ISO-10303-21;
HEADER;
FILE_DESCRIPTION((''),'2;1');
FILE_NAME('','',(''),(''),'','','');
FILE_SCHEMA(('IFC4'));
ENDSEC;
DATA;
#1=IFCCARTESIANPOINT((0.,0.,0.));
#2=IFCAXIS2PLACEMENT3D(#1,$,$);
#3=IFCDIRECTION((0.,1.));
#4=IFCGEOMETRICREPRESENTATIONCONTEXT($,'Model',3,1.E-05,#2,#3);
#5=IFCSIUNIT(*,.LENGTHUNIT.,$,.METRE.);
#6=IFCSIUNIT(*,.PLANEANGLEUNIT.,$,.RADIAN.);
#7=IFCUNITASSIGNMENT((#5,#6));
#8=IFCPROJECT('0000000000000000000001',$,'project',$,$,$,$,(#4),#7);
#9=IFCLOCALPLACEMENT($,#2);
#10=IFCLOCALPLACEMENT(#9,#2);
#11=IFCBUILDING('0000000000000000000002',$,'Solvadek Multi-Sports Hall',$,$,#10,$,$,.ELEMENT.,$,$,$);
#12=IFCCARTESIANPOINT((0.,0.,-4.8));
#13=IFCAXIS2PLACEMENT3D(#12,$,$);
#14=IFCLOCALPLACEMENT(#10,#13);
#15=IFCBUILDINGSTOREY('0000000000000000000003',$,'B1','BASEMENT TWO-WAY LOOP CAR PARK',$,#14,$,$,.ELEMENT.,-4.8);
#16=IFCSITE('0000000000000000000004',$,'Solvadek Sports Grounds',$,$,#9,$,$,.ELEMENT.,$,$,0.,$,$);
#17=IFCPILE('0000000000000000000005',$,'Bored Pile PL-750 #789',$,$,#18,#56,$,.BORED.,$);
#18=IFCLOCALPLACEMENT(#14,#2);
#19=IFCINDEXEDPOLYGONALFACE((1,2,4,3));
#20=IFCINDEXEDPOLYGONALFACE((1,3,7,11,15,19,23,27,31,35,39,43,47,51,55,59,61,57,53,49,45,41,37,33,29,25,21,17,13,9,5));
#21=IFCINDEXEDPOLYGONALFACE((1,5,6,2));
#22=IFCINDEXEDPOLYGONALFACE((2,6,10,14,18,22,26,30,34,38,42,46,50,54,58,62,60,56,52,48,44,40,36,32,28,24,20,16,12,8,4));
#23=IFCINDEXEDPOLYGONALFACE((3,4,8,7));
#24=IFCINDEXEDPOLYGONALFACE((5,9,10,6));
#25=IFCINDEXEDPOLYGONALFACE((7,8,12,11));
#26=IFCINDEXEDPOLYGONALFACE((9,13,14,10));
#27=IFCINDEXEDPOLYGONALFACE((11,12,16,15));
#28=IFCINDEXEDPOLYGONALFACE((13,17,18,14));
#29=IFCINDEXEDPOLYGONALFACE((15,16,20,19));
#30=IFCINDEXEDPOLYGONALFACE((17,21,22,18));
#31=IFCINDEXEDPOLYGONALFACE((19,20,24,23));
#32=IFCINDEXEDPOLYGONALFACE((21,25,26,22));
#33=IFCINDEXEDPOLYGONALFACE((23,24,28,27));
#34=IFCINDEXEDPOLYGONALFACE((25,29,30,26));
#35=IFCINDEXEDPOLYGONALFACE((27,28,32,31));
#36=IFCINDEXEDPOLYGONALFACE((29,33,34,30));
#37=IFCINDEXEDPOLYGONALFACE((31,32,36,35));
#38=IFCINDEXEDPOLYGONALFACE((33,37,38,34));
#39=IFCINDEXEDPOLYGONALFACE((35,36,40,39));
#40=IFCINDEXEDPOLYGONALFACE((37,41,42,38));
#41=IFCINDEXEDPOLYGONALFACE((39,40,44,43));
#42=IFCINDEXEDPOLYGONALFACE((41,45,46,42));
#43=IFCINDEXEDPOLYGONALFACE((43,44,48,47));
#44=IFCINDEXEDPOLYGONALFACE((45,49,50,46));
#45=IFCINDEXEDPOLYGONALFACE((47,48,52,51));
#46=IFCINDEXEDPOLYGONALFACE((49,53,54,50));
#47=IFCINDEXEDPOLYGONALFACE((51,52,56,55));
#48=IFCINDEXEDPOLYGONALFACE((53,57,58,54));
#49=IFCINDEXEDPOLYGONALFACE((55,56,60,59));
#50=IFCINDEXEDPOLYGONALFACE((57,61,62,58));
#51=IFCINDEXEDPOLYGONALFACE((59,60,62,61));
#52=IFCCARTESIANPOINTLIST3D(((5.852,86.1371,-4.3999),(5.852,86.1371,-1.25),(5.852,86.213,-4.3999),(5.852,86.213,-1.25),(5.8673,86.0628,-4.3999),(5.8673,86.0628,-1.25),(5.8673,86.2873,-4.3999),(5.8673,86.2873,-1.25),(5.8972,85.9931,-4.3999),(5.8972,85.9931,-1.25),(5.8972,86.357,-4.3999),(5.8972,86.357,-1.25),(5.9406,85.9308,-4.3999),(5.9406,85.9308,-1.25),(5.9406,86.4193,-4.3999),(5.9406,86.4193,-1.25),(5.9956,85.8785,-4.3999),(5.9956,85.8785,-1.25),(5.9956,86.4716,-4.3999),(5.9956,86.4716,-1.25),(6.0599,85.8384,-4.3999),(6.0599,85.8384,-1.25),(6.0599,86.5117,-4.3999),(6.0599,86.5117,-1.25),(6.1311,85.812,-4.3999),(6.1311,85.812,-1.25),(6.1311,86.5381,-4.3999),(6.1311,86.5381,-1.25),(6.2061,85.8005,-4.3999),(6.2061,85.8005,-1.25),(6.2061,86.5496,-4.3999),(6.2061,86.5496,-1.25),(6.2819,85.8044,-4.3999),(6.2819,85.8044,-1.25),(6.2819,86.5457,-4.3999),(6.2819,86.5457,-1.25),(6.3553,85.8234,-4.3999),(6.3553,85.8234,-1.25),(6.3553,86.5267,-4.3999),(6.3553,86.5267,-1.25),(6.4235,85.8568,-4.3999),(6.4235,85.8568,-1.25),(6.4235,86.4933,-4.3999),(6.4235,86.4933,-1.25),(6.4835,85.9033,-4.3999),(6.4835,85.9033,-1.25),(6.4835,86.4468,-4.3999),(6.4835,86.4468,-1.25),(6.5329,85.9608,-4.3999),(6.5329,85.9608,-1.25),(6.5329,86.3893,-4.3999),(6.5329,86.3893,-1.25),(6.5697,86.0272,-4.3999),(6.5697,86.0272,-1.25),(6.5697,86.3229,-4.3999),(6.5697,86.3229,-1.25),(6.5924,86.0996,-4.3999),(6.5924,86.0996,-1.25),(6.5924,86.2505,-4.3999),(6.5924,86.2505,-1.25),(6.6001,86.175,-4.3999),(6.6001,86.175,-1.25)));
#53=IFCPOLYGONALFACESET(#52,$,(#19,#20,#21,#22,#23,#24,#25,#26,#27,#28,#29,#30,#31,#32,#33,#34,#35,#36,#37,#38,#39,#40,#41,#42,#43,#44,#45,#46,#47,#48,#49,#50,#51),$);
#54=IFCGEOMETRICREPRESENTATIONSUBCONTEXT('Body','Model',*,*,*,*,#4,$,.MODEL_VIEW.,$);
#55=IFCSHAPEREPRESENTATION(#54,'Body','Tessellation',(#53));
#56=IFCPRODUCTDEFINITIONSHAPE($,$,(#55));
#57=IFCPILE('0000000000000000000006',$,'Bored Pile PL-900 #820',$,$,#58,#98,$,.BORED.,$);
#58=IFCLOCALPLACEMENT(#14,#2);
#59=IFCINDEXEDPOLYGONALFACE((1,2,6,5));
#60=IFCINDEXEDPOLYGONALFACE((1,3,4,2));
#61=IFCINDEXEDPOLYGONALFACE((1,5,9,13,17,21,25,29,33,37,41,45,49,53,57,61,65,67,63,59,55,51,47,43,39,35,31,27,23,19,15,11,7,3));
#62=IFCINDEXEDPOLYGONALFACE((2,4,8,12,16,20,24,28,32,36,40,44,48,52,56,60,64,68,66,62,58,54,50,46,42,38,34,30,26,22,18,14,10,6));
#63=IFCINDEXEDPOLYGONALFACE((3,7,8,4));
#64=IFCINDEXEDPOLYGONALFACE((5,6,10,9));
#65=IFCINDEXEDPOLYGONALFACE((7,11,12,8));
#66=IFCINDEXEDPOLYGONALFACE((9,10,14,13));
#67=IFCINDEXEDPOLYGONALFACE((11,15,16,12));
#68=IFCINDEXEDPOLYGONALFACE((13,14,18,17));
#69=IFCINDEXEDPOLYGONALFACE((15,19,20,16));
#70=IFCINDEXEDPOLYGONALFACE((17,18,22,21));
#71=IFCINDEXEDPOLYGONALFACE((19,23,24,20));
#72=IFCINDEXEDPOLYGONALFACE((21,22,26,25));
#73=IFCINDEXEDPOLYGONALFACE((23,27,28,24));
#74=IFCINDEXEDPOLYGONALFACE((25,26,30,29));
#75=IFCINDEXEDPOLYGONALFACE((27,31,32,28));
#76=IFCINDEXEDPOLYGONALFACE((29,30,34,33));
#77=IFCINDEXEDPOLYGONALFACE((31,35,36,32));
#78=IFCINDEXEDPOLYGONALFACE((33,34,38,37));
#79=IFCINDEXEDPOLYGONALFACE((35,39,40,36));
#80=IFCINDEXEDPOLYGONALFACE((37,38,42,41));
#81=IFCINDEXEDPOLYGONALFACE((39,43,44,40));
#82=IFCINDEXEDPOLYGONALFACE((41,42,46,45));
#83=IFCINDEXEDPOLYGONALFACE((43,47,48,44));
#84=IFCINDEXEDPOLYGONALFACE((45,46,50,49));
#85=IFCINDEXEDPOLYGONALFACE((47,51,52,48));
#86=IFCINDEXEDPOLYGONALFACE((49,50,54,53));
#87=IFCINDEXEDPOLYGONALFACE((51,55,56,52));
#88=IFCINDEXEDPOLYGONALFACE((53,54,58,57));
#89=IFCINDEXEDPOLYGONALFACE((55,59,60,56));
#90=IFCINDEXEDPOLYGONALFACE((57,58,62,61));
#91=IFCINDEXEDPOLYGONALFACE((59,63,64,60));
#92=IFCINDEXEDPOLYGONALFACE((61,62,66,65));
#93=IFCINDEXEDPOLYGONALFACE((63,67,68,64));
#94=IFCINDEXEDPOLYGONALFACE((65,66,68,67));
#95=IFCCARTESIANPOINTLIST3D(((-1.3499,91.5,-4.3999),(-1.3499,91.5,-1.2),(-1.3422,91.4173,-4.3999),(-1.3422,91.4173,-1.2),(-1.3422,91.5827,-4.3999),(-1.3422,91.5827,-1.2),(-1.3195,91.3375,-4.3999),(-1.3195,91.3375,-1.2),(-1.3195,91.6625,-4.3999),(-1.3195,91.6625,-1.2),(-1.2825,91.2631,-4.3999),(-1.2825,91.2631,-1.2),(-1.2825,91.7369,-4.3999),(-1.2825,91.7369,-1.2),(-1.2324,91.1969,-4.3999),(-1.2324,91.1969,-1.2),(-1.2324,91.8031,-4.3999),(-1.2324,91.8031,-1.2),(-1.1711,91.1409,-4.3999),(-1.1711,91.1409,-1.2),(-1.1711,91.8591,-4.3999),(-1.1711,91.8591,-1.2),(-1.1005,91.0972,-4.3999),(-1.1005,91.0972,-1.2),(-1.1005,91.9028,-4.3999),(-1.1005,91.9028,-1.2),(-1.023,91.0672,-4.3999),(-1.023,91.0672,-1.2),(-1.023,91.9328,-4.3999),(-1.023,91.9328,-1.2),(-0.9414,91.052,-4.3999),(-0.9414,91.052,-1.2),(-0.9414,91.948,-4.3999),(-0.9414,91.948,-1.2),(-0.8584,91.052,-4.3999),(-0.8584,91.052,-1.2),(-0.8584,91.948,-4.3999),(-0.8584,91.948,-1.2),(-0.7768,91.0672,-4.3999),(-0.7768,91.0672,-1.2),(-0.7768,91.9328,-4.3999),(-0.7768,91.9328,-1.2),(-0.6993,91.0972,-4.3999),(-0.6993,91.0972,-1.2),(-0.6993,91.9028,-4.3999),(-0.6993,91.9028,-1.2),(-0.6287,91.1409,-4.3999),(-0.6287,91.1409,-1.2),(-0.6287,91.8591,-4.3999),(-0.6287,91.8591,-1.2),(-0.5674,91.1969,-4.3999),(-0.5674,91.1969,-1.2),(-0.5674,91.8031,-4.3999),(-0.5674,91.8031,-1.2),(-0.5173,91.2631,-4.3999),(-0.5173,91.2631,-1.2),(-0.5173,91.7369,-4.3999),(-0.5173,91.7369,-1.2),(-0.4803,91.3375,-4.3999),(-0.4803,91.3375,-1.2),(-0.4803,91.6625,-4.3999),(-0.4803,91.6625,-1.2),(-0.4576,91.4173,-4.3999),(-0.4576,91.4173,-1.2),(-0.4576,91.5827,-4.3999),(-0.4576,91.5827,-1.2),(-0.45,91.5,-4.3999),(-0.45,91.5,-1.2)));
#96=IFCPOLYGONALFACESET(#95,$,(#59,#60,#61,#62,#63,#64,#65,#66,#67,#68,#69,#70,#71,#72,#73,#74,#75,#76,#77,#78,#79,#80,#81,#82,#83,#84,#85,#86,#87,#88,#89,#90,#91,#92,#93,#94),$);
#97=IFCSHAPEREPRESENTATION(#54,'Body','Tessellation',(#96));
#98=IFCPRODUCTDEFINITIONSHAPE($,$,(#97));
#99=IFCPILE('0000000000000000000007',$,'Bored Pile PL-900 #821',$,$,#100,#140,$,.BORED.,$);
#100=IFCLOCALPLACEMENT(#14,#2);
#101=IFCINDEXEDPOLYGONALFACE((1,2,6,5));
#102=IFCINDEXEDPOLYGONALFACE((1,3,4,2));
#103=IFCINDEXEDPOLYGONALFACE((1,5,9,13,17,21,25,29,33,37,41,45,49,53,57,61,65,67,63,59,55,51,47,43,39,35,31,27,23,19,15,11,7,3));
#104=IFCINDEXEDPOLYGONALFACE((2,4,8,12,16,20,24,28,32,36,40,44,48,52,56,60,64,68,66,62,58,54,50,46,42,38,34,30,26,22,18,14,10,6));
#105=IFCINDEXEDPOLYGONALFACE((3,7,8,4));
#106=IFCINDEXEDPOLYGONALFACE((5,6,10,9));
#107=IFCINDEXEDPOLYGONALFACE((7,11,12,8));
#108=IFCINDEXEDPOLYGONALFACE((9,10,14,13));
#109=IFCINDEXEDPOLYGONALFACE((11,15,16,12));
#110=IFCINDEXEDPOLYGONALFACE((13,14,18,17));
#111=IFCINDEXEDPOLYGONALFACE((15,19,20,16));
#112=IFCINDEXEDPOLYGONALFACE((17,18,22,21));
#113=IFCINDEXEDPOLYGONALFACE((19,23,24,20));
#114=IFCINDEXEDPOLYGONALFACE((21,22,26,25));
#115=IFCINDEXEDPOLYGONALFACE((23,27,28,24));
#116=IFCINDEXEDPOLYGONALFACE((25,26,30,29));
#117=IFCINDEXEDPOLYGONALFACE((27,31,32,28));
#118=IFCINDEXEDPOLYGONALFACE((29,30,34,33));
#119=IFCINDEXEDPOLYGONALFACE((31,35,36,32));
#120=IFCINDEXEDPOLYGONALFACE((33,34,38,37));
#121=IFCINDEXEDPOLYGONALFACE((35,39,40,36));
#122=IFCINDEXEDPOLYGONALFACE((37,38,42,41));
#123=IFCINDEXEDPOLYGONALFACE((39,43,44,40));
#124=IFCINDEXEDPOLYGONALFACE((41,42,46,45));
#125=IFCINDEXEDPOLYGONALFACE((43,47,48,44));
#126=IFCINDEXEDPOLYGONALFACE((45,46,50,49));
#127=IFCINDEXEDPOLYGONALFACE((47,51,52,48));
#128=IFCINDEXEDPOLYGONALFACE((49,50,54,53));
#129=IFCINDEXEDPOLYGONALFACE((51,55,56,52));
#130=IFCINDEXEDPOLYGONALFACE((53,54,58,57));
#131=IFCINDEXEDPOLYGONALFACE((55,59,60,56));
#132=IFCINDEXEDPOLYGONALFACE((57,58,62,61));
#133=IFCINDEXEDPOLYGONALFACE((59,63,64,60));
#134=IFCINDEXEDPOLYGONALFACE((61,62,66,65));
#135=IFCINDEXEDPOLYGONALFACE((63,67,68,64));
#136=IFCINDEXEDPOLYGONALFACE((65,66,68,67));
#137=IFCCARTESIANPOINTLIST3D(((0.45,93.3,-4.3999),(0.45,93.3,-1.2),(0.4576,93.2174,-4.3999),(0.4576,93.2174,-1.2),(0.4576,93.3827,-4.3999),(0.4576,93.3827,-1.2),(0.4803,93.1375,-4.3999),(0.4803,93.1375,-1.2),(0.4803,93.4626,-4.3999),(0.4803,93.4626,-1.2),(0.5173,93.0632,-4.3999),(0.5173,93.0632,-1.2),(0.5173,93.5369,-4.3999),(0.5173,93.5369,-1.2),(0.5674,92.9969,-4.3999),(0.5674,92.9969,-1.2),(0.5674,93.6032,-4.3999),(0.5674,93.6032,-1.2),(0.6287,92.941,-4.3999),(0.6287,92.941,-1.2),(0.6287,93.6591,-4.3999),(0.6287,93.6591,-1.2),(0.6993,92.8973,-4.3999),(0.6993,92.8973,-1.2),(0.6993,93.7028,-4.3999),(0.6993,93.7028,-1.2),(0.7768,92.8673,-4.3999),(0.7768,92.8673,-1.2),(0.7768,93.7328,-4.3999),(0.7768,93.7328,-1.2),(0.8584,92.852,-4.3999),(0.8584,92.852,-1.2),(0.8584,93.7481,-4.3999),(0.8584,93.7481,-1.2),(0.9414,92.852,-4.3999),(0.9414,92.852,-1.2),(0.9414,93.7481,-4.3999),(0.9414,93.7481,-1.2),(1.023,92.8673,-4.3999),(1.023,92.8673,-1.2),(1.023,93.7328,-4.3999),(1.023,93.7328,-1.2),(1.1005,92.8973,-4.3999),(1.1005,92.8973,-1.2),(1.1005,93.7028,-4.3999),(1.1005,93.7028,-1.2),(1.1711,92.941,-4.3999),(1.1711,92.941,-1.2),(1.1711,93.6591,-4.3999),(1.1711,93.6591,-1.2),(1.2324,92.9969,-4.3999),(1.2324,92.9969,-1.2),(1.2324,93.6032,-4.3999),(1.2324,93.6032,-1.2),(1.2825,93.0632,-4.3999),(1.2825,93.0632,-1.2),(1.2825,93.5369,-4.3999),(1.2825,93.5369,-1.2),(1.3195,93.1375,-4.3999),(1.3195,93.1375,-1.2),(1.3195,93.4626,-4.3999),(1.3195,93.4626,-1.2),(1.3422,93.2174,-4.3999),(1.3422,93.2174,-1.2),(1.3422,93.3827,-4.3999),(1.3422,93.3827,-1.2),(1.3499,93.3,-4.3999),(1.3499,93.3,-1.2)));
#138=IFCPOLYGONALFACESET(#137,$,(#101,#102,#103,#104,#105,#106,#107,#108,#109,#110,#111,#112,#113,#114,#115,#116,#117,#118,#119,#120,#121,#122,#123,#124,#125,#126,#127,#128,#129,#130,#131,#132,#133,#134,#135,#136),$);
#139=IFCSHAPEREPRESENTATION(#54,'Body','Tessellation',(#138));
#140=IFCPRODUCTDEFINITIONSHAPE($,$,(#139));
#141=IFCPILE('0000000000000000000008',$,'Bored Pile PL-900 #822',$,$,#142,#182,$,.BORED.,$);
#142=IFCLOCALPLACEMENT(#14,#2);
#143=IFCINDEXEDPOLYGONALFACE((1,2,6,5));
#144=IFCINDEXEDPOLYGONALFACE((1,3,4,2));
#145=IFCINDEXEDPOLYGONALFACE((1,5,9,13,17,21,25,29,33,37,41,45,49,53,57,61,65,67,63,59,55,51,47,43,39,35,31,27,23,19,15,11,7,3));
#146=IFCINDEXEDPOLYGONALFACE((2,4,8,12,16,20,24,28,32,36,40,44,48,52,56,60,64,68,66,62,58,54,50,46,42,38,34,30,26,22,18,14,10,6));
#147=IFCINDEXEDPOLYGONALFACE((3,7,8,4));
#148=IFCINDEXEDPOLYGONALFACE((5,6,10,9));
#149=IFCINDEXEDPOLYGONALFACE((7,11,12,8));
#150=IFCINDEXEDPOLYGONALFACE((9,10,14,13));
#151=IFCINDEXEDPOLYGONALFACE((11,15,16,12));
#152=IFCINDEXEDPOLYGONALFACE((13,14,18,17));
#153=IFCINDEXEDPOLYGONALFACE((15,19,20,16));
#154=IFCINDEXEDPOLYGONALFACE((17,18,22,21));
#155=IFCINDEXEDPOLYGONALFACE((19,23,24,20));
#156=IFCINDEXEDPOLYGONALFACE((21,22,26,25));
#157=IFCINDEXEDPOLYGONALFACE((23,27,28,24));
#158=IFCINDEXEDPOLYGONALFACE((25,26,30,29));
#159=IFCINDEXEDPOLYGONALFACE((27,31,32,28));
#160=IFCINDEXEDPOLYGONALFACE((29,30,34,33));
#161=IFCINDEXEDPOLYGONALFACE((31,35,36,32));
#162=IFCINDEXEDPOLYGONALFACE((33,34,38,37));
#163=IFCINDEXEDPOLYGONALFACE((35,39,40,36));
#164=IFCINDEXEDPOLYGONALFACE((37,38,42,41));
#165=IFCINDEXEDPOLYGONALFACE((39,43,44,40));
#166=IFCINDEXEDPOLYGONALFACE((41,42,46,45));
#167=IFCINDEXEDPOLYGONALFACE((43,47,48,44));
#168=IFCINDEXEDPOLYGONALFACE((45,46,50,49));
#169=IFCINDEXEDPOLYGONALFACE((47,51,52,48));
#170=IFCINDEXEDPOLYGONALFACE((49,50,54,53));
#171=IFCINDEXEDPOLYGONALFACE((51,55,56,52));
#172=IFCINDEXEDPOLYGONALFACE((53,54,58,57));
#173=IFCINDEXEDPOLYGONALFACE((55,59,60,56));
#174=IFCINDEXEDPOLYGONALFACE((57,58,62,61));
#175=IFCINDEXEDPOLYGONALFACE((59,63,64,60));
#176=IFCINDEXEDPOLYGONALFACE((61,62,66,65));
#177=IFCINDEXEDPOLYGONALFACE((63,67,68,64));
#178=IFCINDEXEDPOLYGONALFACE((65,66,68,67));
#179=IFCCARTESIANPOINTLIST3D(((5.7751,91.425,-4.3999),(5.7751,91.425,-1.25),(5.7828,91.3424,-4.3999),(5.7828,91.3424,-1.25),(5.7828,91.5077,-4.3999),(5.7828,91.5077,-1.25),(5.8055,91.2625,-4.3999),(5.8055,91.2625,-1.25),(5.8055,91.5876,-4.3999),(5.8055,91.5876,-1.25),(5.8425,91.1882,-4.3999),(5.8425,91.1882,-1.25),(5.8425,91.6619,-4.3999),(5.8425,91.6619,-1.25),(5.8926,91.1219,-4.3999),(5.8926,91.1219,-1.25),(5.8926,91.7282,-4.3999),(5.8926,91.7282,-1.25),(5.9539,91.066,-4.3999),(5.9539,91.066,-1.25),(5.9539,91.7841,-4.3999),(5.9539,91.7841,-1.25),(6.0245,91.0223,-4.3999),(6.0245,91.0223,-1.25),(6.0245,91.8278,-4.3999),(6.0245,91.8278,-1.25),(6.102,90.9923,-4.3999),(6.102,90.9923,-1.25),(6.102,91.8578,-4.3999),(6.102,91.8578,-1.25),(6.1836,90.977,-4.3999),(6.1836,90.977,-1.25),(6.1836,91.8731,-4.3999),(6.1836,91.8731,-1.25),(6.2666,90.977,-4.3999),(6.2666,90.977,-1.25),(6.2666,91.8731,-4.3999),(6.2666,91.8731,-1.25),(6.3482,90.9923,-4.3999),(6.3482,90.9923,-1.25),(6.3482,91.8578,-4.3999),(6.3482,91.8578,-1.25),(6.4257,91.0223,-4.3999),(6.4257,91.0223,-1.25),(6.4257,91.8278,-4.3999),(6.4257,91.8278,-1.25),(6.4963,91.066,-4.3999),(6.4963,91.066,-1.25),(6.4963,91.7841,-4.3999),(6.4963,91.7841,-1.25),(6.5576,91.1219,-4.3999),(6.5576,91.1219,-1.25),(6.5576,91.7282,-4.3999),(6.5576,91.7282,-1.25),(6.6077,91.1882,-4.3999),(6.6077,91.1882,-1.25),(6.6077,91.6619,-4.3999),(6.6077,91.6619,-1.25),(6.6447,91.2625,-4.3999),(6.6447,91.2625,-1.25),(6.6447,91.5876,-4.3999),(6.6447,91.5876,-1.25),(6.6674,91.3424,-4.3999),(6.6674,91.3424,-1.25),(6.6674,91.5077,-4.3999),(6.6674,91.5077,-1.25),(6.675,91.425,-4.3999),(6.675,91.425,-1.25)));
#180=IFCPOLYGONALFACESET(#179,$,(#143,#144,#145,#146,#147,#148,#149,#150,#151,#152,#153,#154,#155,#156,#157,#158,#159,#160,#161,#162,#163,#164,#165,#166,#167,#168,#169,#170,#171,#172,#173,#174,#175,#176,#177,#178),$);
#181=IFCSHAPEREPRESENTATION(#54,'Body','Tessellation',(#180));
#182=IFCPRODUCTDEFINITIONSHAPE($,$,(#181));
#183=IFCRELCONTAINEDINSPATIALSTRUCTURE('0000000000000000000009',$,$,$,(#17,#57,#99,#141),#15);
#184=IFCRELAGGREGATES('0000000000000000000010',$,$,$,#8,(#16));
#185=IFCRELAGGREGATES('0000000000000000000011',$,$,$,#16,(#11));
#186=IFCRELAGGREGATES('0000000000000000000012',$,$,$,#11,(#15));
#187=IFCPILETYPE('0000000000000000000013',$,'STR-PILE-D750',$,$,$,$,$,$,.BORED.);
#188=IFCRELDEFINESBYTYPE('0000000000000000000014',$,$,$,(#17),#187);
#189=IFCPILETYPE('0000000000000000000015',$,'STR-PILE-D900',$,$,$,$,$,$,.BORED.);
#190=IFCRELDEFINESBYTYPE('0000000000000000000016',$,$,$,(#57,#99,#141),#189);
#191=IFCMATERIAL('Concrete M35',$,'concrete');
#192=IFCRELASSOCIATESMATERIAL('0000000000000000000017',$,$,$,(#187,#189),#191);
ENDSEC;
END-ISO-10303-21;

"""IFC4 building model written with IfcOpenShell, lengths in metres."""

from ifc_helpers import new_model, si_unit, direction, frame, origin, origin_2d, place, context, subcontext, project, spatial, circle, extrude, material, material_profile, profile_set, type_object, element, save


model = new_model("IFC4")

# Units and contexts
model_context = context("Model", 3, precision=1e-05, world=origin(), true_north=direction((0.0, 1.0)))
body_context = subcontext(model_context, "Body", "Model", "MODEL_VIEW")
ifc_project = project(units=[si_unit("LENGTHUNIT", "METRE"), si_unit("PLANEANGLEUNIT", "RADIAN")], contexts=[model_context])

# Site, building, storey
site_placement = place(None, origin())
site = spatial("IfcSite", under=ifc_project, at=site_placement, Name="Solvadek Sports Grounds", CompositionType="ELEMENT", RefElevation=0.0)
building_placement = place(site_placement, origin())
building = spatial("IfcBuilding", under=site, at=building_placement, Name="Solvadek Multi-Sports Hall", CompositionType="ELEMENT")
storey_placement = place(building_placement, frame((0.0, 0.0, -4.8)))
storey = spatial("IfcBuildingStorey", under=building, at=storey_placement, Name="B1", Description="BASEMENT TWO-WAY LOOP CAR PARK", CompositionType="ELEMENT", Elevation=-4.8)

# Piles
ifc_material_1 = material(Name="Concrete M35", Category="concrete")
ifc_material_profile_1 = material_profile(ifc_material_1, circle(Radius=0.375, at=origin_2d()), Name="BORED PILE D750")
ifc_profile_set_1 = profile_set([ifc_material_profile_1], Name="Concrete M35")
pile_type_1 = type_object("IfcPileType", Name="STR-PILE-D750", PredefinedType="BORED", material=ifc_profile_set_1)
for number, where, z_axis, x_axis, name in (
    (1, (6.2251, 86.175, -1.25), (0.0, 0.0, -1.0), (1.0, 0.0, 0.0), "Bored Pile PL-750 #789"),
):
    element("IfcPile", number, at=place(storey_placement, frame(where, z_axis=z_axis, x_axis=x_axis)), inside=storey, type_object=pile_type_1, Name=name, PredefinedType="BORED", context=body_context, shape_type="SweptSolid", body=[
        extrude(circle(Radius=0.375, at=origin_2d()), origin(), (0.0, 0.0, 1.0), 3.1499),
    ])
ifc_material_profile_2 = material_profile(ifc_material_1, circle(Radius=0.45, at=origin_2d()), Name="BORED PILE D900")
ifc_profile_set_2 = profile_set([ifc_material_profile_2], Name="Concrete M35")
pile_type_2 = type_object("IfcPileType", Name="STR-PILE-D900", PredefinedType="BORED", material=ifc_profile_set_2)
for number, where, z_axis, x_axis, name in (
    (2, (-0.8999, 91.5, -1.2), (0.0, 0.0, -1.0), (1.0, 0.0, 0.0), "Bored Pile PL-900 #820"),
    (3, (0.8999, 93.3, -1.2), (0.0, 0.0, -1.0), (1.0, 0.0, 0.0), "Bored Pile PL-900 #821"),
):
    element("IfcPile", number, at=place(storey_placement, frame(where, z_axis=z_axis, x_axis=x_axis)), inside=storey, type_object=pile_type_2, Name=name, PredefinedType="BORED", context=body_context, shape_type="SweptSolid", body=[
        extrude(circle(Radius=0.45, at=origin_2d()), origin(), (0.0, 0.0, 1.0), 3.2),
    ])
for number, where, z_axis, x_axis, name in (
    (4, (6.2251, 91.425, -1.25), (0.0, 0.0, -1.0), (1.0, 0.0, 0.0), "Bored Pile PL-900 #822"),
):
    element("IfcPile", number, at=place(storey_placement, frame(where, z_axis=z_axis, x_axis=x_axis)), inside=storey, type_object=pile_type_2, Name=name, PredefinedType="BORED", context=body_context, shape_type="SweptSolid", body=[
        extrude(circle(Radius=0.45, at=origin_2d()), origin(), (0.0, 0.0, 1.0), 3.1499),
    ])

save(model, "model.ifc")
